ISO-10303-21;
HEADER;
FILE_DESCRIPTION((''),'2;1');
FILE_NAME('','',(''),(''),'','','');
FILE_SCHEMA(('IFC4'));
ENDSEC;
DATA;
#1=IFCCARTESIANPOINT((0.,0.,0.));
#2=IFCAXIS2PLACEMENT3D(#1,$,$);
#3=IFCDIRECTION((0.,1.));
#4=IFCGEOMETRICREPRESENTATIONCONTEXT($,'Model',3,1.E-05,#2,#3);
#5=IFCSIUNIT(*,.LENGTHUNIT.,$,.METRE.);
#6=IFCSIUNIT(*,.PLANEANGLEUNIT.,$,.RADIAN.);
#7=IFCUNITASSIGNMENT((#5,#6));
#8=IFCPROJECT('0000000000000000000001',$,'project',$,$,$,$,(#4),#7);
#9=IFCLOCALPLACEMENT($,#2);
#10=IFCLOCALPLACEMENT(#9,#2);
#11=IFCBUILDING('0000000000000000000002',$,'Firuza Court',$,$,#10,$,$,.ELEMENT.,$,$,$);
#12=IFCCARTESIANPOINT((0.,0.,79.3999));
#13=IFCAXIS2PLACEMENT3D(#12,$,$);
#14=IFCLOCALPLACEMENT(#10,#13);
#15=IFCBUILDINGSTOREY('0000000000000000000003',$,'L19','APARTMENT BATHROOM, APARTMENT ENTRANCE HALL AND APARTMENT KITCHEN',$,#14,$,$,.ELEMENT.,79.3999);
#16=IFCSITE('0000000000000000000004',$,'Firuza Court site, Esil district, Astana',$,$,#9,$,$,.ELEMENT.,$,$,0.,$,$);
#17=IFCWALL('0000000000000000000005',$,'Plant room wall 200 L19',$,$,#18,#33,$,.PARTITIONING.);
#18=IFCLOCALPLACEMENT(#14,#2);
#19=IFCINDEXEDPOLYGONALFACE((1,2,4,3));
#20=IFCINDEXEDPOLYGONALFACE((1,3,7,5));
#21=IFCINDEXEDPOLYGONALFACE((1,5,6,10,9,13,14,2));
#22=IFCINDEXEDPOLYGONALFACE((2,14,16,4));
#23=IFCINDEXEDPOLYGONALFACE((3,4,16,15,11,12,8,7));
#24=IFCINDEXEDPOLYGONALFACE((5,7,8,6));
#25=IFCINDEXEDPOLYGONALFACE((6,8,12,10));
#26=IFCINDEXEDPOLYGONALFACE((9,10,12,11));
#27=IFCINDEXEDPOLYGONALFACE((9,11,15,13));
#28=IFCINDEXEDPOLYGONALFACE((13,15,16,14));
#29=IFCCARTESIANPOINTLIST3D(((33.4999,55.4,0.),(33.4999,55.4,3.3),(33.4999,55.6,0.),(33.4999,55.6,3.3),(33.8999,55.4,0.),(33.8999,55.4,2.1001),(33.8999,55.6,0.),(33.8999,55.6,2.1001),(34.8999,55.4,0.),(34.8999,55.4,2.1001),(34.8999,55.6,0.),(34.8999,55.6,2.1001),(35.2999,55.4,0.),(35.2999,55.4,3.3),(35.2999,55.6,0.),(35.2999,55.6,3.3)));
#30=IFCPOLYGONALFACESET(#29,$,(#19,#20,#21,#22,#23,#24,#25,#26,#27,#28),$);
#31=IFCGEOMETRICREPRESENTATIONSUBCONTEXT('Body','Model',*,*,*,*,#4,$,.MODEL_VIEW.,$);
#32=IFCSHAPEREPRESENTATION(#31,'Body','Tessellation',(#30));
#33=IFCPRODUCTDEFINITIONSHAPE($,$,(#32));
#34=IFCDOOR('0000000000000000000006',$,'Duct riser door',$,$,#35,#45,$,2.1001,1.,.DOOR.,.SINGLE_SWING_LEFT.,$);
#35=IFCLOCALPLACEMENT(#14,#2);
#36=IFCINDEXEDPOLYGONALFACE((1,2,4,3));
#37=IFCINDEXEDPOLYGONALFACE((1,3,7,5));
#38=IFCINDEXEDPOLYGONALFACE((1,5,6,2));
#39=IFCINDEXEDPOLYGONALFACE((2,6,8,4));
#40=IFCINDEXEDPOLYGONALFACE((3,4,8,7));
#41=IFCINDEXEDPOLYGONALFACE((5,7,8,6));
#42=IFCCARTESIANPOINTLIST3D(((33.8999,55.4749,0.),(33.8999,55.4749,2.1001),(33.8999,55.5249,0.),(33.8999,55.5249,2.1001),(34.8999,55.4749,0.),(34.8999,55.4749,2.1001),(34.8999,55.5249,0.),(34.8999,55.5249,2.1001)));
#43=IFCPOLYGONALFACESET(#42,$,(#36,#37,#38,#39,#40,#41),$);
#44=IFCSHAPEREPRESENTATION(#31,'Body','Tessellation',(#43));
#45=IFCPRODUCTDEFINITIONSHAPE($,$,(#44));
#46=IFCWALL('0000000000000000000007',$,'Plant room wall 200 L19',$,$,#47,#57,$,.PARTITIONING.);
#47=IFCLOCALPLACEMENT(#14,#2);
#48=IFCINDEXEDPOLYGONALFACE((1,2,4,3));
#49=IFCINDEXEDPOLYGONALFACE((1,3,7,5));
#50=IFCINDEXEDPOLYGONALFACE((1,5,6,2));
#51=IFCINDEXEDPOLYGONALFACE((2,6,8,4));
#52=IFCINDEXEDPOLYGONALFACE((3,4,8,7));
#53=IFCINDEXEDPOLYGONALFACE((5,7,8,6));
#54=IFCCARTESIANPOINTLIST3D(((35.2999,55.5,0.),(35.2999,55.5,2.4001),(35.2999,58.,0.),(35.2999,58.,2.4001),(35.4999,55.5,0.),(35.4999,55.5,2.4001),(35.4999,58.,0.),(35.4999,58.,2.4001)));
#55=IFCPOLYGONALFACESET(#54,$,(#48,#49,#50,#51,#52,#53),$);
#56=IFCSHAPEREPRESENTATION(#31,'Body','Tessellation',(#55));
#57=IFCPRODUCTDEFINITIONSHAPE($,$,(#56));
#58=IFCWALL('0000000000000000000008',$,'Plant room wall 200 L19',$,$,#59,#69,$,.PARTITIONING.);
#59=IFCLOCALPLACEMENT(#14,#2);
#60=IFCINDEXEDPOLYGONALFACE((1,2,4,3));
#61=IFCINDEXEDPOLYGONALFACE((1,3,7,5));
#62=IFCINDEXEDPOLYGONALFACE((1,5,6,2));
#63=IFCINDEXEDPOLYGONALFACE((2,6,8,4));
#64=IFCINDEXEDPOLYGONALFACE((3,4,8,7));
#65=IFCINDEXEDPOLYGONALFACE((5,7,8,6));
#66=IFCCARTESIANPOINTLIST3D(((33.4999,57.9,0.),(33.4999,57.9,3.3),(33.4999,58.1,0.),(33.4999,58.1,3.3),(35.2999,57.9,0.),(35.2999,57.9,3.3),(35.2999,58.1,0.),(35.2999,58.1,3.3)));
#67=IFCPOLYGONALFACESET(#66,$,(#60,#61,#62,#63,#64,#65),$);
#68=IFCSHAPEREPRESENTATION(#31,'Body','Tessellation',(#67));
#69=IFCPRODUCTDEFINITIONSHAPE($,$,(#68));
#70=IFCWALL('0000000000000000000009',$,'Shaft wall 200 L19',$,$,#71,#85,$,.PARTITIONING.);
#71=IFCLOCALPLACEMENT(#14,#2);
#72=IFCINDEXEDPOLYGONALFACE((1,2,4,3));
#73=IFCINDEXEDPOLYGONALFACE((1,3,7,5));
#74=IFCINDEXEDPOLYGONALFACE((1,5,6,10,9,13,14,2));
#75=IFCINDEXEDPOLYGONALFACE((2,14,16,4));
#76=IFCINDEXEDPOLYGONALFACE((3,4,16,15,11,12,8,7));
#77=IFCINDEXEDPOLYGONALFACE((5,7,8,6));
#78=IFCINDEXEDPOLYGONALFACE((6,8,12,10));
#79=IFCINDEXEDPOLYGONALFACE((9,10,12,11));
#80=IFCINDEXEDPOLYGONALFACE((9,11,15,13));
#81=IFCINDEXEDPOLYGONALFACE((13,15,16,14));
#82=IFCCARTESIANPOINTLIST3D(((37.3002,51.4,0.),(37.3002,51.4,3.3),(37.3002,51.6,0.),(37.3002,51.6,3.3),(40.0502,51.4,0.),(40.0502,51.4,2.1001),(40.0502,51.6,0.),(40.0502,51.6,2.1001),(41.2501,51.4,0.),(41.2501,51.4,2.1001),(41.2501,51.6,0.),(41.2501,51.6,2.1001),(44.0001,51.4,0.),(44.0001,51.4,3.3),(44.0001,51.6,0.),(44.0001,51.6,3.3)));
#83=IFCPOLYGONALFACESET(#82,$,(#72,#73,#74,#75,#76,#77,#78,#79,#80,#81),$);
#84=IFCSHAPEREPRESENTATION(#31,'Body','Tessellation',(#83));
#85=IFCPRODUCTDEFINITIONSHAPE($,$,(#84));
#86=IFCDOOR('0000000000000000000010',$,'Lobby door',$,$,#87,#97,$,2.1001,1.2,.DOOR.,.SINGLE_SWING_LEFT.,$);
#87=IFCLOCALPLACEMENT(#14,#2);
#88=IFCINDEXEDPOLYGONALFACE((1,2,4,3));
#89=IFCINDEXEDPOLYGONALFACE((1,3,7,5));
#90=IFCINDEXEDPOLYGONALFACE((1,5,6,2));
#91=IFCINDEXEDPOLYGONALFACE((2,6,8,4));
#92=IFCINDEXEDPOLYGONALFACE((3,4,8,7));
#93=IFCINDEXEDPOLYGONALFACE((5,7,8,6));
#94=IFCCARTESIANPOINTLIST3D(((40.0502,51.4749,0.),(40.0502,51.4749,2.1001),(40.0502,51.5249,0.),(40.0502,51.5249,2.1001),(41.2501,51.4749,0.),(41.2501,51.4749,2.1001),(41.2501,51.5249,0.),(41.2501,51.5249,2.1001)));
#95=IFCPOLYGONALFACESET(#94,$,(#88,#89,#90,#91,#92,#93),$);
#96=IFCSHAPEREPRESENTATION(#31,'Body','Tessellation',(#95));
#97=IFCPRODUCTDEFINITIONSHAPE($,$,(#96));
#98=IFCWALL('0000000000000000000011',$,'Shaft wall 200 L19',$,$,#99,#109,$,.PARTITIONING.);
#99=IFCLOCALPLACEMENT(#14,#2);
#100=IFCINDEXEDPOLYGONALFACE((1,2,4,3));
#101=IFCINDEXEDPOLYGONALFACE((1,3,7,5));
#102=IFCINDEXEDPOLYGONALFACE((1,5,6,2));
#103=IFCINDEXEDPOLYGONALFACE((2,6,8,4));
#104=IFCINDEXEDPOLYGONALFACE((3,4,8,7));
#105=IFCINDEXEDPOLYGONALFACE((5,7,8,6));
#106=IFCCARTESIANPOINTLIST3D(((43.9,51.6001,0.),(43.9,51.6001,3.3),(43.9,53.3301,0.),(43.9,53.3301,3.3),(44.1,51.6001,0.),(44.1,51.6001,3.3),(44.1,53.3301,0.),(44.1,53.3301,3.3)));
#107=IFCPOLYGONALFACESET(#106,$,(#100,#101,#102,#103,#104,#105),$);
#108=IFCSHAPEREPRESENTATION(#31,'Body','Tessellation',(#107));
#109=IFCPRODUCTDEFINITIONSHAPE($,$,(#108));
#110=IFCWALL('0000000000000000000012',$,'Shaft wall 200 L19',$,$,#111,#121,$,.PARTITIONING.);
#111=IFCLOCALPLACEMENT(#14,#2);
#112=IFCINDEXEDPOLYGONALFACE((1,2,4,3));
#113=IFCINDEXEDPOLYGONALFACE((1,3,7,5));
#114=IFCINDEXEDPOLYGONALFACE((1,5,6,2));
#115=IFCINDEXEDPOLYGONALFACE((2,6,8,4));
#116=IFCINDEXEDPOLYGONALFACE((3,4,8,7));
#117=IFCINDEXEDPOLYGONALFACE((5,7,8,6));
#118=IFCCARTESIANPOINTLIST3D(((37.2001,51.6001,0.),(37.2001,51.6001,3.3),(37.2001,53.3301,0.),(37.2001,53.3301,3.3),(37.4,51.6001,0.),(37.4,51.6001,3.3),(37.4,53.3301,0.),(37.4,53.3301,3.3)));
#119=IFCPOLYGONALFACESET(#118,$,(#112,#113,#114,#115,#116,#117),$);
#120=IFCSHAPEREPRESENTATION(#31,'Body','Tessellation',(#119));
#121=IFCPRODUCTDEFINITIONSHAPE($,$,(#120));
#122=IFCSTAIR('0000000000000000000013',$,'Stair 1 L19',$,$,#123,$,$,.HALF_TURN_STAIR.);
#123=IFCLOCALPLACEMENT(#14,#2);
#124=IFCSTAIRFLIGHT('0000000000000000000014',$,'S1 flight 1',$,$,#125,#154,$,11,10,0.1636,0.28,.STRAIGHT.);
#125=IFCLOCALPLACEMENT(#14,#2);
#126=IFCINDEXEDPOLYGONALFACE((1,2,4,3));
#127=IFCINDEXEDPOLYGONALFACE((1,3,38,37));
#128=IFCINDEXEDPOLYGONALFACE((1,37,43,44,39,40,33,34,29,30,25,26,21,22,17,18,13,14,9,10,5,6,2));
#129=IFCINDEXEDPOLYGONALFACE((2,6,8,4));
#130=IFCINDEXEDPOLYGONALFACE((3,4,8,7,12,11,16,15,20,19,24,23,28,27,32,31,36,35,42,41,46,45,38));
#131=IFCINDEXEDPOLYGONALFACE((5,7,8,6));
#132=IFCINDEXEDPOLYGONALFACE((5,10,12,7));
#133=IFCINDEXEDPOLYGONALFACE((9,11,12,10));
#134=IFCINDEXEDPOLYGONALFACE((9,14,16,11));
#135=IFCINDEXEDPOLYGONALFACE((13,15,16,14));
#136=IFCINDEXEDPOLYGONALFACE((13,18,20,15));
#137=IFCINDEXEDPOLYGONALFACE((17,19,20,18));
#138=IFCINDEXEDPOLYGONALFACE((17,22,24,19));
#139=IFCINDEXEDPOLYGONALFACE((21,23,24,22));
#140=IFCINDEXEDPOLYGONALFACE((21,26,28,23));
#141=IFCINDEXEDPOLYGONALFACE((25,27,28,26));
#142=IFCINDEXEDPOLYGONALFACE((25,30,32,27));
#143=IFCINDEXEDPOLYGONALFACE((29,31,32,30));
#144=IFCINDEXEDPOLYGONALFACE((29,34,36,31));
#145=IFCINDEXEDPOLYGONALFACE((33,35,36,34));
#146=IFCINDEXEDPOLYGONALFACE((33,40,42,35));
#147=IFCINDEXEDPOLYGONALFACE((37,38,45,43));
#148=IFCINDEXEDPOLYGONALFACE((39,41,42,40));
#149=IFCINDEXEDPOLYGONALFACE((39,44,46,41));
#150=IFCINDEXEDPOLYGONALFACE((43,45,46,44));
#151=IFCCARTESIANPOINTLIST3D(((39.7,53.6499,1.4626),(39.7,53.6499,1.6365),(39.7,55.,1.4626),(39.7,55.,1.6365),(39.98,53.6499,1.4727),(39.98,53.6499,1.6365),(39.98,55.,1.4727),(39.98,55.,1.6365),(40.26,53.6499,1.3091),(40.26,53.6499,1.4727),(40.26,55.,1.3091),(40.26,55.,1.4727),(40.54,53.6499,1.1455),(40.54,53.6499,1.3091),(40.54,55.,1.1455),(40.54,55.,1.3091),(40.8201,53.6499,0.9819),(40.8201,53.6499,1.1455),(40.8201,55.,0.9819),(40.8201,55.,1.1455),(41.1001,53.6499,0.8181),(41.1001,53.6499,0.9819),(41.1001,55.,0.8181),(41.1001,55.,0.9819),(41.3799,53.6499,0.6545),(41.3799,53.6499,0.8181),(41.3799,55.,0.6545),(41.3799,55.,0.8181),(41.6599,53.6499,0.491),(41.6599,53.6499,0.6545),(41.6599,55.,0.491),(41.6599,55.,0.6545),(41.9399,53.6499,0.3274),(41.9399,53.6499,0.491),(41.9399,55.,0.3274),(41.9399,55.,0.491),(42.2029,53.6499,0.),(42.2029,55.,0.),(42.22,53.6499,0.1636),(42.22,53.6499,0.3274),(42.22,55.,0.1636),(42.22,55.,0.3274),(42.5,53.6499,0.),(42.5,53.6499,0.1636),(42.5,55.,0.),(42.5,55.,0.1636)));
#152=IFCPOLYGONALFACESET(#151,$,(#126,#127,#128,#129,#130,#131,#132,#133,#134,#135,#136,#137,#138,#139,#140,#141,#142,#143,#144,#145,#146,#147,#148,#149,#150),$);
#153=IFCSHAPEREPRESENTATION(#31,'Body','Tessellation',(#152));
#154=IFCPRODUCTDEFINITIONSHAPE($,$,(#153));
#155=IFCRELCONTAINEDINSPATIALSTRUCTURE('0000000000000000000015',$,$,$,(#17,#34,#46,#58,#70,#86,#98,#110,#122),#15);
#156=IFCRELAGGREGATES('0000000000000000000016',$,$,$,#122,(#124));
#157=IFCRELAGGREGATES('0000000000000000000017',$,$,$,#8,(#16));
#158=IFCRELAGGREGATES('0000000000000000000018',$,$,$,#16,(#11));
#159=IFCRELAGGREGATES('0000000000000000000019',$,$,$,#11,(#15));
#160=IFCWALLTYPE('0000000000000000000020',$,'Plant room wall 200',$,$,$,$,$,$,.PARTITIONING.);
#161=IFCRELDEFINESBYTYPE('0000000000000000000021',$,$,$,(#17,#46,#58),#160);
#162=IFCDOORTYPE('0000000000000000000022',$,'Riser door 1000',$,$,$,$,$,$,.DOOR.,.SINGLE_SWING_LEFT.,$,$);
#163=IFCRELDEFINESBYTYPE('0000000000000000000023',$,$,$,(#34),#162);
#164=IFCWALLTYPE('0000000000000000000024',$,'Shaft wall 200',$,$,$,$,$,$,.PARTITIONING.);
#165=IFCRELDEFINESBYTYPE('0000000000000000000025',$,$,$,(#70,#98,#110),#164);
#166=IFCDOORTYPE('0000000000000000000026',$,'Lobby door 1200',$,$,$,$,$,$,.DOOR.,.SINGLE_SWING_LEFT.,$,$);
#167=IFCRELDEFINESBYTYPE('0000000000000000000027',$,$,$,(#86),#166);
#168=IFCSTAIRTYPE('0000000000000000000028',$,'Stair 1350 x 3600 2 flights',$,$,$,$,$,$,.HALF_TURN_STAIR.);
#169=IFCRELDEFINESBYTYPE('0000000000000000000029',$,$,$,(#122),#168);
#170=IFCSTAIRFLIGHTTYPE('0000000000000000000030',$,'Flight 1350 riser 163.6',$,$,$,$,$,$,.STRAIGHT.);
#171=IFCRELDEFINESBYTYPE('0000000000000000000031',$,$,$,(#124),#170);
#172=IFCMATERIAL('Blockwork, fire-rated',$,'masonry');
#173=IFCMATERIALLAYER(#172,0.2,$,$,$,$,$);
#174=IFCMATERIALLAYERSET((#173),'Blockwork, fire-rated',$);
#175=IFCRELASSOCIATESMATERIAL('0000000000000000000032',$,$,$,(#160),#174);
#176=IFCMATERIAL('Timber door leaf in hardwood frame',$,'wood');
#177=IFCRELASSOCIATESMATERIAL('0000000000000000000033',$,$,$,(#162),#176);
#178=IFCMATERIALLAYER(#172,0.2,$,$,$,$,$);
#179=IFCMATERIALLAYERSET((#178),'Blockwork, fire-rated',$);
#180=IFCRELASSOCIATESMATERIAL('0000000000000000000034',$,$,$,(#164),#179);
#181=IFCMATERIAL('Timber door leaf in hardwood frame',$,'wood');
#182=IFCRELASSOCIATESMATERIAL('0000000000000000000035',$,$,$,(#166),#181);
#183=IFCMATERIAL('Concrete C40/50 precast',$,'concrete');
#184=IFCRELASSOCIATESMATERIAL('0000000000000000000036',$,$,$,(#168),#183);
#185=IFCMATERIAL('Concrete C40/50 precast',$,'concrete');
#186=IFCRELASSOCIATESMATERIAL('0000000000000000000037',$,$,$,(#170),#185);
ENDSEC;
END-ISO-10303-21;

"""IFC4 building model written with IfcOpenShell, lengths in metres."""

from ifc_helpers import new_model, si_unit, direction, frame, frame_2d, origin, place, context, subcontext, project, spatial, polyline, rectangle, outline, extrude, material, layer, layer_set, type_object, element, fill, aggregate, save


model = new_model("IFC4")

# Units and contexts
model_context = context("Model", 3, precision=1e-05, world=origin(), true_north=direction((0.0, 1.0)))
body_context = subcontext(model_context, "Body", "Model", "MODEL_VIEW")
ifc_project = project(units=[si_unit("LENGTHUNIT", "METRE"), si_unit("PLANEANGLEUNIT", "RADIAN")], contexts=[model_context])

# Site, building, storey
site_placement = place(None, origin())
site = spatial("IfcSite", under=ifc_project, at=site_placement, Name="Firuza Court site, Esil district, Astana", CompositionType="ELEMENT", RefElevation=0.0)
building_placement = place(site_placement, origin())
building = spatial("IfcBuilding", under=site, at=building_placement, Name="Firuza Court", CompositionType="ELEMENT")
storey_placement = place(building_placement, frame((0.0, 0.0, 79.3999)))
storey = spatial("IfcBuildingStorey", under=building, at=storey_placement, Name="L19", Description="APARTMENT BATHROOM, APARTMENT ENTRANCE HALL AND APARTMENT KITCHEN", CompositionType="ELEMENT", Elevation=79.3999)

# Shared definitions
ifc_material_1 = material(Name="Blockwork, fire-rated", Category="masonry")
ifc_layer_1 = layer(ifc_material_1, 0.2)
ifc_layer_set_1 = layer_set([ifc_layer_1], Name="Blockwork, fire-rated")
wall_type_1 = type_object("IfcWallType", Name="Plant room wall 200", PredefinedType="PARTITIONING", material=ifc_layer_set_1)

# Wall, opening, door
wall_1_placement = place(storey_placement, frame((33.5, 55.5, 0.0), z_axis=(0.0, 0.0, 1.0), x_axis=(1.0, 0.0, 0.0)))
wall_1 = element("IfcWall", 1, at=wall_1_placement, inside=storey, type_object=wall_type_1, Name="Plant room wall 200 L19", PredefinedType="PARTITIONING", context=body_context, shape_type="SweptSolid", body=[
    extrude(rectangle(XDim=1.8, YDim=0.2, at=frame_2d((0.8999, 0.0))), origin(), (0.0, 0.0, 1.0), 3.3),
])
opening_1_placement = place(wall_1_placement, frame((0.3999, 0.0, 0.0)))
opening_1 = element("IfcOpeningElement", 2, at=opening_1_placement, cuts=wall_1, PredefinedType="OPENING", context=body_context, shape_type="SweptSolid", body=[
    extrude(rectangle(XDim=1.0, YDim=2.1001, at=frame_2d((0.5, 1.05))), frame((0.0, 0.1118, 0.0), z_axis=(0.0, -1.0, 0.0), x_axis=(1.0, 0.0, 0.0)), (0.0, 0.0, 1.0), 0.2239),
])
ifc_material_2 = material(Name="Timber door leaf in hardwood frame", Category="wood")
door_type_1 = type_object("IfcDoorType", Name="Riser door 1000", OperationType="SINGLE_SWING_LEFT", PredefinedType="DOOR", material=ifc_material_2)
door_1_placement = place(opening_1_placement, origin())
door_1 = element("IfcDoor", 3, at=door_1_placement, inside=storey, type_object=door_type_1, Name="Duct riser door", OperationType="SINGLE_SWING_LEFT", OverallHeight=2.1001, OverallWidth=1.0, PredefinedType="DOOR", context=body_context, shape_type="SweptSolid", body=[
    extrude(rectangle(XDim=1.0, YDim=2.1001, at=frame_2d((0.5, 1.05))), frame((0.0, 0.0249, 0.0), z_axis=(0.0, -1.0, 0.0), x_axis=(1.0, 0.0, 0.0)), (0.0, 0.0, 1.0), 0.05),
])
fill(opening_1, door_1)

# Walls
wall_2_placement = place(storey_placement, frame((35.3999, 55.5, 0.0), z_axis=(0.0, 0.0, 1.0), x_axis=(0.0, 1.0, 0.0)))
element("IfcWall", 4, at=wall_2_placement, inside=storey, type_object=wall_type_1, Name="Plant room wall 200 L19", PredefinedType="PARTITIONING", context=body_context, shape_type="SweptSolid", body=[
    extrude(rectangle(XDim=2.5, YDim=0.2, at=frame_2d((1.25, 0.0))), origin(), (0.0, 0.0, 1.0), 2.4001),
])
wall_3_placement = place(storey_placement, frame((33.5, 58.0, 0.0), z_axis=(0.0, 0.0, 1.0), x_axis=(1.0, 0.0, 0.0)))
element("IfcWall", 5, at=wall_3_placement, inside=storey, type_object=wall_type_1, Name="Plant room wall 200 L19", PredefinedType="PARTITIONING", context=body_context, shape_type="SweptSolid", body=[
    extrude(rectangle(XDim=1.8, YDim=0.2, at=frame_2d((0.8999, 0.0))), origin(), (0.0, 0.0, 1.0), 3.3),
])

# Wall, opening, door
ifc_layer_2 = layer(ifc_material_1, 0.2)
ifc_layer_set_2 = layer_set([ifc_layer_2], Name="Blockwork, fire-rated")
wall_type_2 = type_object("IfcWallType", Name="Shaft wall 200", PredefinedType="PARTITIONING", material=ifc_layer_set_2)
wall_4_placement = place(storey_placement, frame((37.3, 51.5, 0.0), z_axis=(0.0, 0.0, 1.0), x_axis=(1.0, 0.0, 0.0)))
wall_4 = element("IfcWall", 6, at=wall_4_placement, inside=storey, type_object=wall_type_2, Name="Shaft wall 200 L19", PredefinedType="PARTITIONING", context=body_context, shape_type="SweptSolid", body=[
    extrude(rectangle(XDim=6.7, YDim=0.2, at=frame_2d((3.3501, 0.0))), origin(), (0.0, 0.0, 1.0), 3.3),
])
opening_2_placement = place(wall_4_placement, frame((2.75, 0.0, 0.0)))
opening_2 = element("IfcOpeningElement", 7, at=opening_2_placement, cuts=wall_4, PredefinedType="OPENING", context=body_context, shape_type="SweptSolid", body=[
    extrude(rectangle(XDim=1.2, YDim=2.1001, at=frame_2d((0.6001, 1.05))), frame((0.0, 0.1118, 0.0), z_axis=(0.0, -1.0, 0.0), x_axis=(1.0, 0.0, 0.0)), (0.0, 0.0, 1.0), 0.2239),
])
ifc_material_3 = material(Name="Timber door leaf in hardwood frame", Category="wood")
door_type_2 = type_object("IfcDoorType", Name="Lobby door 1200", OperationType="SINGLE_SWING_LEFT", PredefinedType="DOOR", material=ifc_material_3)
door_2_placement = place(opening_2_placement, origin())
door_2 = element("IfcDoor", 8, at=door_2_placement, inside=storey, type_object=door_type_2, Name="Lobby door", OperationType="SINGLE_SWING_LEFT", OverallHeight=2.1001, OverallWidth=1.2, PredefinedType="DOOR", context=body_context, shape_type="SweptSolid", body=[
    extrude(rectangle(XDim=1.2, YDim=2.1001, at=frame_2d((0.6001, 1.05))), frame((0.0, 0.0249, 0.0), z_axis=(0.0, -1.0, 0.0), x_axis=(1.0, 0.0, 0.0)), (0.0, 0.0, 1.0), 0.05),
])
fill(opening_2, door_2)

# Walls
for number, where, z_axis, x_axis, name in (
    (9, (44.0, 51.6001, 0.0), (0.0, 0.0, 1.0), (0.0, 1.0, 0.0), "Shaft wall 200 L19"),
    (10, (37.3, 51.6001, 0.0), (0.0, 0.0, 1.0), (0.0, 1.0, 0.0), "Shaft wall 200 L19"),
):
    element("IfcWall", number, at=place(storey_placement, frame(where, z_axis=z_axis, x_axis=x_axis)), inside=storey, type_object=wall_type_2, Name=name, PredefinedType="PARTITIONING", context=body_context, shape_type="SweptSolid", body=[
        extrude(rectangle(XDim=1.73, YDim=0.2, at=frame_2d((0.865, 0.0))), origin(), (0.0, 0.0, 1.0), 3.3),
    ])

# Stair, stair flight
ifc_material_4 = material(Name="Concrete C40/50 precast", Category="concrete")
stair_type = type_object("IfcStairType", Name="Stair 1350 x 3600 2 flights", PredefinedType="HALF_TURN_STAIR", material=ifc_material_4)
stair_placement = place(storey_placement, origin())
stair = element("IfcStair", 11, at=stair_placement, inside=storey, type_object=stair_type, Name="Stair 1 L19", PredefinedType="HALF_TURN_STAIR")
ifc_material_5 = material(Name="Concrete C40/50 precast", Category="concrete")
stair_flight_type = type_object("IfcStairFlightType", Name="Flight 1350 riser 163.6", PredefinedType="STRAIGHT", material=ifc_material_5)
stair_flight_1_placement = place(storey_placement, frame((42.5, 54.325, 0.0), z_axis=(0.0, 0.0, 1.0), x_axis=(-1.0, 0.0, 0.0)))
stair_flight_1 = element("IfcStairFlight", 12, at=stair_flight_1_placement, type_object=stair_flight_type, Name="S1 flight 1", NumberOfRisers=11, NumberOfTreads=10, PredefinedType="STRAIGHT", RiserHeight=0.1636, TreadLength=0.28, context=body_context, shape_type="SweptSolid", body=[
    extrude(outline(polyline([(0.0, 0.0), (0.0, 0.1636), (0.28, 0.1636), (0.28, 0.3274), (0.5601, 0.3274), (0.5601, 0.491), (0.8401, 0.491), (0.8401, 0.6545), (1.1201, 0.6545), (1.1201, 0.8181), (1.3999, 0.8181), (1.3999, 0.9819), (1.6799, 0.9819), (1.6799, 1.1455), (1.96, 1.1455), (1.96, 1.3091), (2.24, 1.3091), (2.24, 1.4727), (2.52, 1.4727), (2.52, 1.6365), (2.8, 1.6365), (2.8, 1.8), (2.8, 1.4626), (0.2971, 0.0), (0.0, 0.0)])), frame((0.0, 0.675, 0.0), z_axis=(0.0, -1.0, 0.0), x_axis=(1.0, 0.0, 0.0)), (0.0, 0.0, 1.0), 1.3501),
])
aggregate(stair, [stair_flight_1])

save(model, "model.ifc")
